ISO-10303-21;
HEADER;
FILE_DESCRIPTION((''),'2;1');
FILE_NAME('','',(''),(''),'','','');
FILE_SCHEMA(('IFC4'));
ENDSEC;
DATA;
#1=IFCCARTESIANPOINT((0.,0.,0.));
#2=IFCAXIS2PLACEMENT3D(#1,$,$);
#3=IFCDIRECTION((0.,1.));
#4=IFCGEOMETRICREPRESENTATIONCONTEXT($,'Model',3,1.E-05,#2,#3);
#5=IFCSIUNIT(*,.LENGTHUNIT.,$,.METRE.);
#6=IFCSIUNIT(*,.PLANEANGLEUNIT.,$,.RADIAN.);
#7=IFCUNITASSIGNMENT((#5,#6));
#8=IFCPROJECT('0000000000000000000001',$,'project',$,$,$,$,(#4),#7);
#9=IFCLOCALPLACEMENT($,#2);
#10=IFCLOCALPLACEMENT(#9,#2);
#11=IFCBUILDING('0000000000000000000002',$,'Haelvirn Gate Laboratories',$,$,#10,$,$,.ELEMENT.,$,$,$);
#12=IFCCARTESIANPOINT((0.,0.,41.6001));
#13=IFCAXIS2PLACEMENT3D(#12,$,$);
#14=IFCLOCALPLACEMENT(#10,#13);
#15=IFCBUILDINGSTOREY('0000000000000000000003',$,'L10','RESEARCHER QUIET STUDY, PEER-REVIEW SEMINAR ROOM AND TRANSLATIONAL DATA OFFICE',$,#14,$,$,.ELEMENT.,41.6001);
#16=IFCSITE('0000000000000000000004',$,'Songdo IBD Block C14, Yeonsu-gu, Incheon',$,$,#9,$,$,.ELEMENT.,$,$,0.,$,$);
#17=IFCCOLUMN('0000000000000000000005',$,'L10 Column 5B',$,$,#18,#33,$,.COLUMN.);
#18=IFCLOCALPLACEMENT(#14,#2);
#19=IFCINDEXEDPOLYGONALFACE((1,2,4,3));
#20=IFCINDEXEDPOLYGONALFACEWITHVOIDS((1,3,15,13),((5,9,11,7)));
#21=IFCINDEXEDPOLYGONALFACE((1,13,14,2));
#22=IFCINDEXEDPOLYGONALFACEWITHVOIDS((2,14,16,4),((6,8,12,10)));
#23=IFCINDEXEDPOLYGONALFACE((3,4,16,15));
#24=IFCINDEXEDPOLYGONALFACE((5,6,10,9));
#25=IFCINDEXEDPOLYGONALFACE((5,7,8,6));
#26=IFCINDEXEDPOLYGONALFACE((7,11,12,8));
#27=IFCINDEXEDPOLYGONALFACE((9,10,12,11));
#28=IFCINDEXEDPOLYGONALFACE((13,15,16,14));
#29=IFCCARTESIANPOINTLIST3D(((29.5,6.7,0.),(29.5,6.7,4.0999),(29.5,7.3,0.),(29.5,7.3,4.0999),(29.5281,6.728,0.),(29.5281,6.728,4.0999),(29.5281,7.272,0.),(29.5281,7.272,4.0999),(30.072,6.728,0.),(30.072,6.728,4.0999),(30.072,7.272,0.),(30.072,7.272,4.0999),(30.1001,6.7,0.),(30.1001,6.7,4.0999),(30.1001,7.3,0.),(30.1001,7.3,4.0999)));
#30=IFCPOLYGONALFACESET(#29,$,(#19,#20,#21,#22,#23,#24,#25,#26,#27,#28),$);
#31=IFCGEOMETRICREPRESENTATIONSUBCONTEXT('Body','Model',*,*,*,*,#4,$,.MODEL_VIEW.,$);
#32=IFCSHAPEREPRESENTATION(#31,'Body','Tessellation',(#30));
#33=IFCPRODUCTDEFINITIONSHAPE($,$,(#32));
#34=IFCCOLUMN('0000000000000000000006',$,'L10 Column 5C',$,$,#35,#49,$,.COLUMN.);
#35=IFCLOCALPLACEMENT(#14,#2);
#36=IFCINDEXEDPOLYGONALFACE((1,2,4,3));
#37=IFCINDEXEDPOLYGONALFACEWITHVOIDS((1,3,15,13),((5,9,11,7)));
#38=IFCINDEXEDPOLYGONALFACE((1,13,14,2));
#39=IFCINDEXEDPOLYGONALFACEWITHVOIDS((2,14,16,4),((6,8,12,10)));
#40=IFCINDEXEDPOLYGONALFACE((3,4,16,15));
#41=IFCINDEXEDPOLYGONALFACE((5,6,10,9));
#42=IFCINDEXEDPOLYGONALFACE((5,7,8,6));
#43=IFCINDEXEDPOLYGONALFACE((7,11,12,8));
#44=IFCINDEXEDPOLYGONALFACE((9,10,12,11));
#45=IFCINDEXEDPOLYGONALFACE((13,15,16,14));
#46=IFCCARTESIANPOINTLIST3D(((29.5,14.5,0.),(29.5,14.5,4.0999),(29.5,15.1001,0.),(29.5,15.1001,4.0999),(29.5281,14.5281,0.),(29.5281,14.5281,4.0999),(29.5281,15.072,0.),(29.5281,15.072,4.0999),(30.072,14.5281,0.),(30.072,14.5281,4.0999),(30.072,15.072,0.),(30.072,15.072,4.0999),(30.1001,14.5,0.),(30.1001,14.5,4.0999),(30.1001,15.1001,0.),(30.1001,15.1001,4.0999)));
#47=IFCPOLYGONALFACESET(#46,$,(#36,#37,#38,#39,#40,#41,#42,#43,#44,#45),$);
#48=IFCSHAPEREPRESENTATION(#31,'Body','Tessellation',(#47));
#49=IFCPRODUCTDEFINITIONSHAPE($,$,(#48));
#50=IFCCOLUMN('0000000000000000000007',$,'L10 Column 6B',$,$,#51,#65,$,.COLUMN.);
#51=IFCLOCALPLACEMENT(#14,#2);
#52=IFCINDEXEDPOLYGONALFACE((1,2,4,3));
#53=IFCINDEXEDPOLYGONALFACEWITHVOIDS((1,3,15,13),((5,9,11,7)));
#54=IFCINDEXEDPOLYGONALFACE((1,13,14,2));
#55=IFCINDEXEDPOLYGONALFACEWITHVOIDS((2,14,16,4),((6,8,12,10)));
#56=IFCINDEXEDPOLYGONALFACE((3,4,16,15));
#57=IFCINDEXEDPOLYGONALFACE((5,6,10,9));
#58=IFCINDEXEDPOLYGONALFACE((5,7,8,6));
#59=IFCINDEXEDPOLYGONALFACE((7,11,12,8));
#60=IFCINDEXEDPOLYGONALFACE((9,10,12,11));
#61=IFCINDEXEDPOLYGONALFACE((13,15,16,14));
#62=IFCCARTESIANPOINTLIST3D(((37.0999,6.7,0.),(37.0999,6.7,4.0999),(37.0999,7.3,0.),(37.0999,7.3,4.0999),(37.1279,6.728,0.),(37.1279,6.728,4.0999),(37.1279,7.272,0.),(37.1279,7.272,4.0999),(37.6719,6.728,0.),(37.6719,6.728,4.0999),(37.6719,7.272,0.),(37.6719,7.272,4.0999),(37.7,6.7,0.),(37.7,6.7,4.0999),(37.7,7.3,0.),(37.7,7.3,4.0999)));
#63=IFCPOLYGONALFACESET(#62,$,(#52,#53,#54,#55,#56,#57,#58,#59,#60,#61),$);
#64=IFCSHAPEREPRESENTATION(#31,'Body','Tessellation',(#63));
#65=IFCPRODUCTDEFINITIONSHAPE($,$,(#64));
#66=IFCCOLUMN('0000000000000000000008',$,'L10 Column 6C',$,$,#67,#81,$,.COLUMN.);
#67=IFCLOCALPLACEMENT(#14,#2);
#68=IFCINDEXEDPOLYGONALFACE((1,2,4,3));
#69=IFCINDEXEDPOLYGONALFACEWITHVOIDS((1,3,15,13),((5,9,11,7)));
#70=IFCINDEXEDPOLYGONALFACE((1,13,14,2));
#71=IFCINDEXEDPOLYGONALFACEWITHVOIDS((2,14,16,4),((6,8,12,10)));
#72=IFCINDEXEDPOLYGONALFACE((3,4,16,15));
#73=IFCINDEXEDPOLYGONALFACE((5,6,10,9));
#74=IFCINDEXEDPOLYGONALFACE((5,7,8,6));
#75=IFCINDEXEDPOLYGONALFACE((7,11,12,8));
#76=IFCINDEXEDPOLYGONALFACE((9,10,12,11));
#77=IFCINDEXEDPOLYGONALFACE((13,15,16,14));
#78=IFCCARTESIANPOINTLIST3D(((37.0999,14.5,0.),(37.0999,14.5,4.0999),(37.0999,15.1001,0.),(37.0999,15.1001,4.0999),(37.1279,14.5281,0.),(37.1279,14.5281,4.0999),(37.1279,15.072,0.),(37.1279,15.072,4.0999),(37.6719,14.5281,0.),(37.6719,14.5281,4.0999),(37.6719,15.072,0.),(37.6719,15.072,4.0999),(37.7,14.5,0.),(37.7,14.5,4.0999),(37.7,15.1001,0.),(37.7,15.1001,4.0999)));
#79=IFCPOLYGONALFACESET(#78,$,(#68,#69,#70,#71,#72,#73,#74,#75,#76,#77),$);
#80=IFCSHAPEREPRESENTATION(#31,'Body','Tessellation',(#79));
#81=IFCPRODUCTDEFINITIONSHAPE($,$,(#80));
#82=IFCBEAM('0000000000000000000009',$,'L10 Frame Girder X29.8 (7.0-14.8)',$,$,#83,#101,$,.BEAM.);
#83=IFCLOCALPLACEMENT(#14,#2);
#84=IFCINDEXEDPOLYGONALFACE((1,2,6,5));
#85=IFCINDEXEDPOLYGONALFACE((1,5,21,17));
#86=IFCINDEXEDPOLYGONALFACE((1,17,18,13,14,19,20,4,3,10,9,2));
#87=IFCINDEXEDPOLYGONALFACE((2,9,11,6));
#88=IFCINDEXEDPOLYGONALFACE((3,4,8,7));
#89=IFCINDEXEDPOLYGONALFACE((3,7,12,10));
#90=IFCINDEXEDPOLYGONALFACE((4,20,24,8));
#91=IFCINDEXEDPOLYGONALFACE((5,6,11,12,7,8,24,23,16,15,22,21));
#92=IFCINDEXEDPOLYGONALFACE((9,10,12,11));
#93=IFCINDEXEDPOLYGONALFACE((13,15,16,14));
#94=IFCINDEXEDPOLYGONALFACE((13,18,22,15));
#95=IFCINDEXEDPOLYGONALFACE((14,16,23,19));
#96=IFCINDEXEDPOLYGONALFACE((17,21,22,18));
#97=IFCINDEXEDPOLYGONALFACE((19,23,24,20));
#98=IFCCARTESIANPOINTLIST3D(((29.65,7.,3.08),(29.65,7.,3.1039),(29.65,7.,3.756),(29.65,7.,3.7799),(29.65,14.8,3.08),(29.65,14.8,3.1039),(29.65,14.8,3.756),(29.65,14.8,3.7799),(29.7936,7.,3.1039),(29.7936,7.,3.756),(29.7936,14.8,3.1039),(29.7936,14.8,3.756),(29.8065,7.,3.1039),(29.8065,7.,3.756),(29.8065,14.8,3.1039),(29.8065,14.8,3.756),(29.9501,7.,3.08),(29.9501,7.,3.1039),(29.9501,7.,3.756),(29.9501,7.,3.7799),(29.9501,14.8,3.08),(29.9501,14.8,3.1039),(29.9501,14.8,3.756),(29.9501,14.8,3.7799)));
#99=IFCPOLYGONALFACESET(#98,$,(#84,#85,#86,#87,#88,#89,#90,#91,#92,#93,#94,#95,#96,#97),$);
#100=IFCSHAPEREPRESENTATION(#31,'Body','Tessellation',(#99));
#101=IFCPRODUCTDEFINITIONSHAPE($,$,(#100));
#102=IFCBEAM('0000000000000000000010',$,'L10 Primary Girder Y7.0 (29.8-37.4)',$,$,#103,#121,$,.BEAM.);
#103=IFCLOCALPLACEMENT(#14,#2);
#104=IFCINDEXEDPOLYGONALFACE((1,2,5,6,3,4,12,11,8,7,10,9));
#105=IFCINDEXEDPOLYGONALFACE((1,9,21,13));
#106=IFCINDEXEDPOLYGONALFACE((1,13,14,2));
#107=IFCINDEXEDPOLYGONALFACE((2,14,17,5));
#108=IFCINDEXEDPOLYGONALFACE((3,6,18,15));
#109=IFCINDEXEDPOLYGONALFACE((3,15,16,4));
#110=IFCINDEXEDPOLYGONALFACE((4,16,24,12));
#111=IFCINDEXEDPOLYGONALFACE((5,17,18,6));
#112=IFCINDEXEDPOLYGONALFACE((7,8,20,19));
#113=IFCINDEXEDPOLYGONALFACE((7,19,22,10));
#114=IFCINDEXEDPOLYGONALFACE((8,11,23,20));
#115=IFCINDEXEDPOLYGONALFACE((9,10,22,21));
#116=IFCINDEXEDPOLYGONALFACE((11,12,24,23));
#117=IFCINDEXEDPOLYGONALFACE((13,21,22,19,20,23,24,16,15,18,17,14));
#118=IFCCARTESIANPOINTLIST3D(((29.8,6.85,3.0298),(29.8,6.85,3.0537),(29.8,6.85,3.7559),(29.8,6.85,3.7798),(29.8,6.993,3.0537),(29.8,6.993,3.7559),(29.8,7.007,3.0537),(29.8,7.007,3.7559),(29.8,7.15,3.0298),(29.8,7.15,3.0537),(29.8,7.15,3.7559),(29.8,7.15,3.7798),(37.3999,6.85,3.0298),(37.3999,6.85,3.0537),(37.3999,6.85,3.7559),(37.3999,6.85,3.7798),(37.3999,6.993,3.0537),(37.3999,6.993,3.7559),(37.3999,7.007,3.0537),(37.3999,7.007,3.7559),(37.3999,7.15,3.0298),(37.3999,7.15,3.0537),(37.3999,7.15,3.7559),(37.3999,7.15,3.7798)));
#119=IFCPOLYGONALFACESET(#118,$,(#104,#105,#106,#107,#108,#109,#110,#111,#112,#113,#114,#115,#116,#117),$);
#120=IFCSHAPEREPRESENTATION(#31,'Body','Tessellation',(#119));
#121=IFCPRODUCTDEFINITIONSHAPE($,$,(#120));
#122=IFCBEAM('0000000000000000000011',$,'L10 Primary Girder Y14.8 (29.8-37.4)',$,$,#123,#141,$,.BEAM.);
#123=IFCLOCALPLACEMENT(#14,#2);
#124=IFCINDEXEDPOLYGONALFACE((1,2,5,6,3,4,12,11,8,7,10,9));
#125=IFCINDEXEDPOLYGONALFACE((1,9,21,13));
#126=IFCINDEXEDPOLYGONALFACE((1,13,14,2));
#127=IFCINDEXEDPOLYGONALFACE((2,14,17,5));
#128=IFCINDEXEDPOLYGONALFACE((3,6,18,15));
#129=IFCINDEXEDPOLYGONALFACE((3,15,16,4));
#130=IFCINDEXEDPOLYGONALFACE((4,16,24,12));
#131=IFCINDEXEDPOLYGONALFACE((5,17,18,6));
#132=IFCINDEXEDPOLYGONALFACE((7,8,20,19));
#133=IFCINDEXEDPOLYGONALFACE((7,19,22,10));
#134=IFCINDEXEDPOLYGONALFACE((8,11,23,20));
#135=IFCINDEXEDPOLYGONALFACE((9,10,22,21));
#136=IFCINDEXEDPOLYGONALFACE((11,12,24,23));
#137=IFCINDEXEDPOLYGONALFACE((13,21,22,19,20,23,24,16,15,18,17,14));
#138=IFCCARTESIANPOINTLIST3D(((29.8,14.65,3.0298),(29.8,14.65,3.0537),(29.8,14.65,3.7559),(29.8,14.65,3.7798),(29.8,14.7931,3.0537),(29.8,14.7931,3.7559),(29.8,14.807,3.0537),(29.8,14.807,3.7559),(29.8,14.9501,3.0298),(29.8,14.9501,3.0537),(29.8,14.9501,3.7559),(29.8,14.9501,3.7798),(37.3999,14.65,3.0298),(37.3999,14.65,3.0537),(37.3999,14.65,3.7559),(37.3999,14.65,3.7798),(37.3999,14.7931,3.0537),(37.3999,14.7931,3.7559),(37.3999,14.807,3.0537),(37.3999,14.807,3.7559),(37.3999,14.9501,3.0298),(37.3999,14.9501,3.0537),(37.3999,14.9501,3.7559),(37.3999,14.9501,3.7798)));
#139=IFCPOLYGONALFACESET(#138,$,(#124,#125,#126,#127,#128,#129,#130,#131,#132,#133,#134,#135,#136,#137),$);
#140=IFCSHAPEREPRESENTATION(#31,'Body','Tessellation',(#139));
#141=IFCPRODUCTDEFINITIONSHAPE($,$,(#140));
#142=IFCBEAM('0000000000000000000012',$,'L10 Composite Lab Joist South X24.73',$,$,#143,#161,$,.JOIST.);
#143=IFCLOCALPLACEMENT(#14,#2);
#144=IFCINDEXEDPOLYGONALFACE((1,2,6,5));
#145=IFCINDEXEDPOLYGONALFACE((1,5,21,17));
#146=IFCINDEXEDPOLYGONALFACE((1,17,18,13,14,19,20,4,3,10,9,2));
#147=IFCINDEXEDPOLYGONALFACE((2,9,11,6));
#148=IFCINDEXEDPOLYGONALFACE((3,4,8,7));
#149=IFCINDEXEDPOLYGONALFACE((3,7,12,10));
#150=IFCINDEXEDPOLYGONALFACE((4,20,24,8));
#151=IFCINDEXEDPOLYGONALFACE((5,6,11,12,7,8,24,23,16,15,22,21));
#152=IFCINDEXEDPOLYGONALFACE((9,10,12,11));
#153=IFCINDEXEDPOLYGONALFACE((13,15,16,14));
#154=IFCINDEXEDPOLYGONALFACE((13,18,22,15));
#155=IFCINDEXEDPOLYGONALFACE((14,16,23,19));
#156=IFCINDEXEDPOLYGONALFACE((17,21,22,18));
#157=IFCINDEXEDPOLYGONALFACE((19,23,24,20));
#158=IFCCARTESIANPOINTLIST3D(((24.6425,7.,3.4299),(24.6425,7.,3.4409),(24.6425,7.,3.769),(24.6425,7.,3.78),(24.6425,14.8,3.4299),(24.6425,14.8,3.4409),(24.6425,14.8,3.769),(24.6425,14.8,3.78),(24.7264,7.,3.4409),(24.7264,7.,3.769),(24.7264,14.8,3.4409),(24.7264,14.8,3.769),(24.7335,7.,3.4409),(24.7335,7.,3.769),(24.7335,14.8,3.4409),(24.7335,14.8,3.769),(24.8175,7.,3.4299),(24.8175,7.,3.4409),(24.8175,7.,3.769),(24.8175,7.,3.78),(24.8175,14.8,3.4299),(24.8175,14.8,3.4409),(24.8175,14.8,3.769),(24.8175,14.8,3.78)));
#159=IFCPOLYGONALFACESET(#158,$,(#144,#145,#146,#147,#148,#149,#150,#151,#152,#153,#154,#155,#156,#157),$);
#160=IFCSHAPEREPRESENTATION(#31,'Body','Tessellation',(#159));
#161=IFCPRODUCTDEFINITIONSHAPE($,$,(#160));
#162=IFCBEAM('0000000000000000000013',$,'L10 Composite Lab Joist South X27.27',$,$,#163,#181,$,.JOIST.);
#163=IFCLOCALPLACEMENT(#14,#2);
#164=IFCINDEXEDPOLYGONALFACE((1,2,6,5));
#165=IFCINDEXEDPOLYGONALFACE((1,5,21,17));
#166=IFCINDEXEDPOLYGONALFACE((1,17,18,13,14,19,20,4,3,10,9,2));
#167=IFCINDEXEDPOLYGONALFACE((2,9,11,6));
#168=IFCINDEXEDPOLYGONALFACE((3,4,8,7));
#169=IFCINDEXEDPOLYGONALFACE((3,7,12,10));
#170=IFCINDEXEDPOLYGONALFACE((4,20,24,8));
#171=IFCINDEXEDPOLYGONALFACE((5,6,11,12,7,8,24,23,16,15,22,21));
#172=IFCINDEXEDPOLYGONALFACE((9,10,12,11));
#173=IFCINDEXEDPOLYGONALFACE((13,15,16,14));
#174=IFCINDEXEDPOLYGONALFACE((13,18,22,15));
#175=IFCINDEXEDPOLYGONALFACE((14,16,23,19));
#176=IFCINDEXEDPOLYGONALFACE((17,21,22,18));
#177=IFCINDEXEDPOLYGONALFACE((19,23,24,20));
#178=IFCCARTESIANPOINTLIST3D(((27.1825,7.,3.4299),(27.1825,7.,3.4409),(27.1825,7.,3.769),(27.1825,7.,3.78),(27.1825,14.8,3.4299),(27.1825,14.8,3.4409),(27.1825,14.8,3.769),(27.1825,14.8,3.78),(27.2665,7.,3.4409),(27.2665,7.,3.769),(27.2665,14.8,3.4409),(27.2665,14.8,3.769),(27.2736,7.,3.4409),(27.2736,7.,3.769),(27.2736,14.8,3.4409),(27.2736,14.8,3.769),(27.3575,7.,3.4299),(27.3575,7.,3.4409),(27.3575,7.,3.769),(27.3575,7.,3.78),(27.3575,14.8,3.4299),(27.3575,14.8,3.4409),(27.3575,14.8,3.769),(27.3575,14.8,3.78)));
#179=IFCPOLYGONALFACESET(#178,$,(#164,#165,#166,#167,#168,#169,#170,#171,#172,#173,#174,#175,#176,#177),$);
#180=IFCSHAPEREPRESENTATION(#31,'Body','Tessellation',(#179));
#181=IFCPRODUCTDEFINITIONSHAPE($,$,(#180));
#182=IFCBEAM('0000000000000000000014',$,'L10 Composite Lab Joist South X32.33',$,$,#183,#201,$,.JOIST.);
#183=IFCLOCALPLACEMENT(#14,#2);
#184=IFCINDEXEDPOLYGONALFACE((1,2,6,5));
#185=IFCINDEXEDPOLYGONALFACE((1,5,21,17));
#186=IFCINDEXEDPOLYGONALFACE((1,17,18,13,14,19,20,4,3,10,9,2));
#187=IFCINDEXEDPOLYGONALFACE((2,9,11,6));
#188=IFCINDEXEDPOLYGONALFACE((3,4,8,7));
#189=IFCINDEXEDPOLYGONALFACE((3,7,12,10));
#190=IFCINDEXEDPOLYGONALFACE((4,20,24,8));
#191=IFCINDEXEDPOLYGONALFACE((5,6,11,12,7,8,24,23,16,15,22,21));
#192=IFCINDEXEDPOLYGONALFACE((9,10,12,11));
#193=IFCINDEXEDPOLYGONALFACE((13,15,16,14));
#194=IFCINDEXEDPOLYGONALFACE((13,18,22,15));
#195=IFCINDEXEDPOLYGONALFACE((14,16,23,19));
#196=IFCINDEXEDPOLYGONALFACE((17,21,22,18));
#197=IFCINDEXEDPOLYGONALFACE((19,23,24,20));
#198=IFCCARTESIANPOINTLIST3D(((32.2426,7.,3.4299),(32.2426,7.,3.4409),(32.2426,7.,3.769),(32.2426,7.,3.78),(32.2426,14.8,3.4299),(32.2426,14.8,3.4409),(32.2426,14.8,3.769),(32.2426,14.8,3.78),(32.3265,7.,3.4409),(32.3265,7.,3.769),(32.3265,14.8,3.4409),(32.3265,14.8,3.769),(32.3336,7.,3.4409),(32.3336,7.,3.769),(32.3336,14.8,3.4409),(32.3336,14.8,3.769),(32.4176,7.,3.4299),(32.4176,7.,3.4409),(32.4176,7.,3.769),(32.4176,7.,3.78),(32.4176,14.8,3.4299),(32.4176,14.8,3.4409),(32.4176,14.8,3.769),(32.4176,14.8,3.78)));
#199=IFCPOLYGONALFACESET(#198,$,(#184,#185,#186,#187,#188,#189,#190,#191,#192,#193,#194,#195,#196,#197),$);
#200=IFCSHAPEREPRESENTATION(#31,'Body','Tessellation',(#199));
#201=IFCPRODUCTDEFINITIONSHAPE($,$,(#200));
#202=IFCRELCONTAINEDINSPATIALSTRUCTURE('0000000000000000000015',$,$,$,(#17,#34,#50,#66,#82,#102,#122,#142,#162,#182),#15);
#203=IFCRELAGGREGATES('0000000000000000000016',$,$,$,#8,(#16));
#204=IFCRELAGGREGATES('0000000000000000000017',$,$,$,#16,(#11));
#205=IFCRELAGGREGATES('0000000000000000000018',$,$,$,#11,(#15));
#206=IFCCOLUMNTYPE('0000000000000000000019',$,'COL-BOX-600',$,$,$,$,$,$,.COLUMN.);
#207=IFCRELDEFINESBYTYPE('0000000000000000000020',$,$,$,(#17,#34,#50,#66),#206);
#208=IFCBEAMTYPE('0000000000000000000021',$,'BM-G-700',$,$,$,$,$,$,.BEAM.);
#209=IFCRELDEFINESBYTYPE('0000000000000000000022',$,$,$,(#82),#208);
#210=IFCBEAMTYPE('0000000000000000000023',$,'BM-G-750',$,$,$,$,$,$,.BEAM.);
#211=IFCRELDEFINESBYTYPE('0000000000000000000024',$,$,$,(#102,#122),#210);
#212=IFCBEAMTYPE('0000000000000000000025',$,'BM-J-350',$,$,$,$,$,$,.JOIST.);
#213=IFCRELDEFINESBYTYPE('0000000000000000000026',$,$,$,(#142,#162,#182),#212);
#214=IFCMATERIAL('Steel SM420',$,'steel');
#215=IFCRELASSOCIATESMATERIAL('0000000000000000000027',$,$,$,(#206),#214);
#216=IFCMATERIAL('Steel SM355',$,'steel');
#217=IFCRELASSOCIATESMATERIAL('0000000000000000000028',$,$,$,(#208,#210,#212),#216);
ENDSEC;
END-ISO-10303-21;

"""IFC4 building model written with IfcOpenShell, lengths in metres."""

from ifc_helpers import new_model, si_unit, direction, frame, origin, origin_2d, place, context, subcontext, project, spatial, hollow_rectangle, i_section, extrude, source, transform, mapped, material, material_profile, profile_set, type_object, type_shapes, element, save


model = new_model("IFC4")

# Units and contexts
model_context = context("Model", 3, precision=1e-05, world=origin(), true_north=direction((0.0, 1.0)))
body_context = subcontext(model_context, "Body", "Model", "MODEL_VIEW")
ifc_project = project(units=[si_unit("LENGTHUNIT", "METRE"), si_unit("PLANEANGLEUNIT", "RADIAN")], contexts=[model_context])

# Site, building, storey
site_placement = place(None, origin())
site = spatial("IfcSite", under=ifc_project, at=site_placement, Name="Songdo IBD Block C14, Yeonsu-gu, Incheon", CompositionType="ELEMENT", RefElevation=0.0)
building_placement = place(site_placement, origin())
building = spatial("IfcBuilding", under=site, at=building_placement, Name="Haelvirn Gate Laboratories", CompositionType="ELEMENT")
storey_placement = place(building_placement, frame((0.0, 0.0, 41.6001)))
storey = spatial("IfcBuildingStorey", under=building, at=storey_placement, Name="L10", Description="RESEARCHER QUIET STUDY, PEER-REVIEW SEMINAR ROOM AND TRANSLATIONAL DATA OFFICE", CompositionType="ELEMENT", Elevation=41.6001)

# Columns
ifc_material_1 = material(Name="Steel SM420", Category="steel")
ifc_material_profile_1 = material_profile(ifc_material_1, hollow_rectangle(XDim=0.6001, YDim=0.6001, WallThickness=0.0281, at=origin_2d()), Name="BOX-600x600x28")
ifc_profile_set_1 = profile_set([ifc_material_profile_1], Name="Steel SM420")
column_type = type_object("IfcColumnType", Name="COL-BOX-600", PredefinedType="COLUMN", material=ifc_profile_set_1)
shared_shape_1 = source(origin(), body_context, "Body", "SweptSolid", [
    extrude(hollow_rectangle(XDim=0.6001, YDim=0.6001, WallThickness=0.0281, at=origin_2d()), origin(), (0.0, 0.0, 1.0), 4.0999),
])
type_shapes(column_type, [shared_shape_1])
for number, where, z_axis, x_axis, name in (
    (1, (29.8, 7.0, 0.0), (0.0, 0.0, 1.0), (1.0, 0.0, 0.0), "L10 Column 5B"),
    (2, (29.8, 14.8, 0.0), (0.0, 0.0, 1.0), (1.0, 0.0, 0.0), "L10 Column 5C"),
    (3, (37.3999, 7.0, 0.0), (0.0, 0.0, 1.0), (1.0, 0.0, 0.0), "L10 Column 6B"),
    (4, (37.3999, 14.8, 0.0), (0.0, 0.0, 1.0), (1.0, 0.0, 0.0), "L10 Column 6C"),
):
    element("IfcColumn", number, at=place(storey_placement, frame(where, z_axis=z_axis, x_axis=x_axis)), inside=storey, type_object=column_type, Name=name, PredefinedType="COLUMN", context=body_context, shape_type="MappedRepresentation", body=[
        mapped(shared_shape_1, transform((0.0, 0.0, 0.0), scale=1.0)),
    ])

# Beams
ifc_material_2 = material(Name="Steel SM355", Category="steel")
ifc_material_profile_2 = material_profile(ifc_material_2, i_section(OverallWidth=0.3, OverallDepth=0.7, WebThickness=0.0129, FlangeThickness=0.0239, at=origin_2d()), Name="H-700x300x13x24")
ifc_profile_set_2 = profile_set([ifc_material_profile_2], Name="Steel SM355")
beam_type_1 = type_object("IfcBeamType", Name="BM-G-700", PredefinedType="BEAM", material=ifc_profile_set_2)
shared_shape_2 = source(origin(), body_context, "Body", "SweptSolid", [
    extrude(i_section(OverallWidth=0.3, OverallDepth=0.7, WebThickness=0.0129, FlangeThickness=0.0239, at=origin_2d()), origin(), (0.0, 0.0, 1.0), 7.8),
])
type_shapes(beam_type_1, [shared_shape_2])
beam_placement = place(storey_placement, frame((29.8, 7.0, 3.4299), z_axis=(0.0, 1.0, 0.0), x_axis=(-1.0, 0.0, 0.0)))
element("IfcBeam", 5, at=beam_placement, inside=storey, type_object=beam_type_1, Name="L10 Frame Girder X29.8 (7.0-14.8)", PredefinedType="BEAM", context=body_context, shape_type="MappedRepresentation", body=[
    mapped(shared_shape_2, transform((0.0, 0.0, 0.0), scale=1.0)),
])
ifc_material_profile_3 = material_profile(ifc_material_2, i_section(OverallWidth=0.3, OverallDepth=0.75, WebThickness=0.0139, FlangeThickness=0.0239, at=origin_2d()), Name="H-750x300x14x24")
ifc_profile_set_3 = profile_set([ifc_material_profile_3], Name="Steel SM355")
beam_type_2 = type_object("IfcBeamType", Name="BM-G-750", PredefinedType="BEAM", material=ifc_profile_set_3)
shared_shape_3 = source(origin(), body_context, "Body", "SweptSolid", [
    extrude(i_section(OverallWidth=0.3, OverallDepth=0.75, WebThickness=0.0139, FlangeThickness=0.0239, at=origin_2d()), origin(), (0.0, 0.0, 1.0), 7.5999),
])
type_shapes(beam_type_2, [shared_shape_3])
for number, where, z_axis, x_axis, name in (
    (6, (29.8, 7.0, 3.4048), (1.0, 0.0, 0.0), (0.0, 1.0, 0.0), "L10 Primary Girder Y7.0 (29.8-37.4)"),
    (7, (29.8, 14.8, 3.4048), (1.0, 0.0, 0.0), (0.0, 1.0, 0.0), "L10 Primary Girder Y14.8 (29.8-37.4)"),
):
    element("IfcBeam", number, at=place(storey_placement, frame(where, z_axis=z_axis, x_axis=x_axis)), inside=storey, type_object=beam_type_2, Name=name, PredefinedType="BEAM", context=body_context, shape_type="MappedRepresentation", body=[
        mapped(shared_shape_3, transform((0.0, 0.0, 0.0), scale=1.0)),
    ])
ifc_material_profile_4 = material_profile(ifc_material_2, i_section(OverallWidth=0.175, OverallDepth=0.3501, WebThickness=0.0071, FlangeThickness=0.011, at=origin_2d()), Name="H-350x175x7x11")
ifc_profile_set_4 = profile_set([ifc_material_profile_4], Name="Steel SM355")
beam_type_3 = type_object("IfcBeamType", Name="BM-J-350", PredefinedType="JOIST", material=ifc_profile_set_4)
shared_shape_4 = source(origin(), body_context, "Body", "SweptSolid", [
    extrude(i_section(OverallWidth=0.175, OverallDepth=0.3501, WebThickness=0.0071, FlangeThickness=0.011, at=origin_2d()), origin(), (0.0, 0.0, 1.0), 7.8),
])
type_shapes(beam_type_3, [shared_shape_4])
for number, where, z_axis, x_axis, name in (
    (8, (24.73, 7.0, 3.605), (0.0, 1.0, 0.0), (-1.0, 0.0, 0.0), "L10 Composite Lab Joist South X24.73"),
    (9, (27.27, 7.0, 3.605), (0.0, 1.0, 0.0), (-1.0, 0.0, 0.0), "L10 Composite Lab Joist South X27.27"),
    (10, (32.3301, 7.0, 3.605), (0.0, 1.0, 0.0), (-1.0, 0.0, 0.0), "L10 Composite Lab Joist South X32.33"),
):
    element("IfcBeam", number, at=place(storey_placement, frame(where, z_axis=z_axis, x_axis=x_axis)), inside=storey, type_object=beam_type_3, Name=name, PredefinedType="JOIST", context=body_context, shape_type="MappedRepresentation", body=[
        mapped(shared_shape_4, transform((0.0, 0.0, 0.0), scale=1.0)),
    ])

save(model, "model.ifc")
